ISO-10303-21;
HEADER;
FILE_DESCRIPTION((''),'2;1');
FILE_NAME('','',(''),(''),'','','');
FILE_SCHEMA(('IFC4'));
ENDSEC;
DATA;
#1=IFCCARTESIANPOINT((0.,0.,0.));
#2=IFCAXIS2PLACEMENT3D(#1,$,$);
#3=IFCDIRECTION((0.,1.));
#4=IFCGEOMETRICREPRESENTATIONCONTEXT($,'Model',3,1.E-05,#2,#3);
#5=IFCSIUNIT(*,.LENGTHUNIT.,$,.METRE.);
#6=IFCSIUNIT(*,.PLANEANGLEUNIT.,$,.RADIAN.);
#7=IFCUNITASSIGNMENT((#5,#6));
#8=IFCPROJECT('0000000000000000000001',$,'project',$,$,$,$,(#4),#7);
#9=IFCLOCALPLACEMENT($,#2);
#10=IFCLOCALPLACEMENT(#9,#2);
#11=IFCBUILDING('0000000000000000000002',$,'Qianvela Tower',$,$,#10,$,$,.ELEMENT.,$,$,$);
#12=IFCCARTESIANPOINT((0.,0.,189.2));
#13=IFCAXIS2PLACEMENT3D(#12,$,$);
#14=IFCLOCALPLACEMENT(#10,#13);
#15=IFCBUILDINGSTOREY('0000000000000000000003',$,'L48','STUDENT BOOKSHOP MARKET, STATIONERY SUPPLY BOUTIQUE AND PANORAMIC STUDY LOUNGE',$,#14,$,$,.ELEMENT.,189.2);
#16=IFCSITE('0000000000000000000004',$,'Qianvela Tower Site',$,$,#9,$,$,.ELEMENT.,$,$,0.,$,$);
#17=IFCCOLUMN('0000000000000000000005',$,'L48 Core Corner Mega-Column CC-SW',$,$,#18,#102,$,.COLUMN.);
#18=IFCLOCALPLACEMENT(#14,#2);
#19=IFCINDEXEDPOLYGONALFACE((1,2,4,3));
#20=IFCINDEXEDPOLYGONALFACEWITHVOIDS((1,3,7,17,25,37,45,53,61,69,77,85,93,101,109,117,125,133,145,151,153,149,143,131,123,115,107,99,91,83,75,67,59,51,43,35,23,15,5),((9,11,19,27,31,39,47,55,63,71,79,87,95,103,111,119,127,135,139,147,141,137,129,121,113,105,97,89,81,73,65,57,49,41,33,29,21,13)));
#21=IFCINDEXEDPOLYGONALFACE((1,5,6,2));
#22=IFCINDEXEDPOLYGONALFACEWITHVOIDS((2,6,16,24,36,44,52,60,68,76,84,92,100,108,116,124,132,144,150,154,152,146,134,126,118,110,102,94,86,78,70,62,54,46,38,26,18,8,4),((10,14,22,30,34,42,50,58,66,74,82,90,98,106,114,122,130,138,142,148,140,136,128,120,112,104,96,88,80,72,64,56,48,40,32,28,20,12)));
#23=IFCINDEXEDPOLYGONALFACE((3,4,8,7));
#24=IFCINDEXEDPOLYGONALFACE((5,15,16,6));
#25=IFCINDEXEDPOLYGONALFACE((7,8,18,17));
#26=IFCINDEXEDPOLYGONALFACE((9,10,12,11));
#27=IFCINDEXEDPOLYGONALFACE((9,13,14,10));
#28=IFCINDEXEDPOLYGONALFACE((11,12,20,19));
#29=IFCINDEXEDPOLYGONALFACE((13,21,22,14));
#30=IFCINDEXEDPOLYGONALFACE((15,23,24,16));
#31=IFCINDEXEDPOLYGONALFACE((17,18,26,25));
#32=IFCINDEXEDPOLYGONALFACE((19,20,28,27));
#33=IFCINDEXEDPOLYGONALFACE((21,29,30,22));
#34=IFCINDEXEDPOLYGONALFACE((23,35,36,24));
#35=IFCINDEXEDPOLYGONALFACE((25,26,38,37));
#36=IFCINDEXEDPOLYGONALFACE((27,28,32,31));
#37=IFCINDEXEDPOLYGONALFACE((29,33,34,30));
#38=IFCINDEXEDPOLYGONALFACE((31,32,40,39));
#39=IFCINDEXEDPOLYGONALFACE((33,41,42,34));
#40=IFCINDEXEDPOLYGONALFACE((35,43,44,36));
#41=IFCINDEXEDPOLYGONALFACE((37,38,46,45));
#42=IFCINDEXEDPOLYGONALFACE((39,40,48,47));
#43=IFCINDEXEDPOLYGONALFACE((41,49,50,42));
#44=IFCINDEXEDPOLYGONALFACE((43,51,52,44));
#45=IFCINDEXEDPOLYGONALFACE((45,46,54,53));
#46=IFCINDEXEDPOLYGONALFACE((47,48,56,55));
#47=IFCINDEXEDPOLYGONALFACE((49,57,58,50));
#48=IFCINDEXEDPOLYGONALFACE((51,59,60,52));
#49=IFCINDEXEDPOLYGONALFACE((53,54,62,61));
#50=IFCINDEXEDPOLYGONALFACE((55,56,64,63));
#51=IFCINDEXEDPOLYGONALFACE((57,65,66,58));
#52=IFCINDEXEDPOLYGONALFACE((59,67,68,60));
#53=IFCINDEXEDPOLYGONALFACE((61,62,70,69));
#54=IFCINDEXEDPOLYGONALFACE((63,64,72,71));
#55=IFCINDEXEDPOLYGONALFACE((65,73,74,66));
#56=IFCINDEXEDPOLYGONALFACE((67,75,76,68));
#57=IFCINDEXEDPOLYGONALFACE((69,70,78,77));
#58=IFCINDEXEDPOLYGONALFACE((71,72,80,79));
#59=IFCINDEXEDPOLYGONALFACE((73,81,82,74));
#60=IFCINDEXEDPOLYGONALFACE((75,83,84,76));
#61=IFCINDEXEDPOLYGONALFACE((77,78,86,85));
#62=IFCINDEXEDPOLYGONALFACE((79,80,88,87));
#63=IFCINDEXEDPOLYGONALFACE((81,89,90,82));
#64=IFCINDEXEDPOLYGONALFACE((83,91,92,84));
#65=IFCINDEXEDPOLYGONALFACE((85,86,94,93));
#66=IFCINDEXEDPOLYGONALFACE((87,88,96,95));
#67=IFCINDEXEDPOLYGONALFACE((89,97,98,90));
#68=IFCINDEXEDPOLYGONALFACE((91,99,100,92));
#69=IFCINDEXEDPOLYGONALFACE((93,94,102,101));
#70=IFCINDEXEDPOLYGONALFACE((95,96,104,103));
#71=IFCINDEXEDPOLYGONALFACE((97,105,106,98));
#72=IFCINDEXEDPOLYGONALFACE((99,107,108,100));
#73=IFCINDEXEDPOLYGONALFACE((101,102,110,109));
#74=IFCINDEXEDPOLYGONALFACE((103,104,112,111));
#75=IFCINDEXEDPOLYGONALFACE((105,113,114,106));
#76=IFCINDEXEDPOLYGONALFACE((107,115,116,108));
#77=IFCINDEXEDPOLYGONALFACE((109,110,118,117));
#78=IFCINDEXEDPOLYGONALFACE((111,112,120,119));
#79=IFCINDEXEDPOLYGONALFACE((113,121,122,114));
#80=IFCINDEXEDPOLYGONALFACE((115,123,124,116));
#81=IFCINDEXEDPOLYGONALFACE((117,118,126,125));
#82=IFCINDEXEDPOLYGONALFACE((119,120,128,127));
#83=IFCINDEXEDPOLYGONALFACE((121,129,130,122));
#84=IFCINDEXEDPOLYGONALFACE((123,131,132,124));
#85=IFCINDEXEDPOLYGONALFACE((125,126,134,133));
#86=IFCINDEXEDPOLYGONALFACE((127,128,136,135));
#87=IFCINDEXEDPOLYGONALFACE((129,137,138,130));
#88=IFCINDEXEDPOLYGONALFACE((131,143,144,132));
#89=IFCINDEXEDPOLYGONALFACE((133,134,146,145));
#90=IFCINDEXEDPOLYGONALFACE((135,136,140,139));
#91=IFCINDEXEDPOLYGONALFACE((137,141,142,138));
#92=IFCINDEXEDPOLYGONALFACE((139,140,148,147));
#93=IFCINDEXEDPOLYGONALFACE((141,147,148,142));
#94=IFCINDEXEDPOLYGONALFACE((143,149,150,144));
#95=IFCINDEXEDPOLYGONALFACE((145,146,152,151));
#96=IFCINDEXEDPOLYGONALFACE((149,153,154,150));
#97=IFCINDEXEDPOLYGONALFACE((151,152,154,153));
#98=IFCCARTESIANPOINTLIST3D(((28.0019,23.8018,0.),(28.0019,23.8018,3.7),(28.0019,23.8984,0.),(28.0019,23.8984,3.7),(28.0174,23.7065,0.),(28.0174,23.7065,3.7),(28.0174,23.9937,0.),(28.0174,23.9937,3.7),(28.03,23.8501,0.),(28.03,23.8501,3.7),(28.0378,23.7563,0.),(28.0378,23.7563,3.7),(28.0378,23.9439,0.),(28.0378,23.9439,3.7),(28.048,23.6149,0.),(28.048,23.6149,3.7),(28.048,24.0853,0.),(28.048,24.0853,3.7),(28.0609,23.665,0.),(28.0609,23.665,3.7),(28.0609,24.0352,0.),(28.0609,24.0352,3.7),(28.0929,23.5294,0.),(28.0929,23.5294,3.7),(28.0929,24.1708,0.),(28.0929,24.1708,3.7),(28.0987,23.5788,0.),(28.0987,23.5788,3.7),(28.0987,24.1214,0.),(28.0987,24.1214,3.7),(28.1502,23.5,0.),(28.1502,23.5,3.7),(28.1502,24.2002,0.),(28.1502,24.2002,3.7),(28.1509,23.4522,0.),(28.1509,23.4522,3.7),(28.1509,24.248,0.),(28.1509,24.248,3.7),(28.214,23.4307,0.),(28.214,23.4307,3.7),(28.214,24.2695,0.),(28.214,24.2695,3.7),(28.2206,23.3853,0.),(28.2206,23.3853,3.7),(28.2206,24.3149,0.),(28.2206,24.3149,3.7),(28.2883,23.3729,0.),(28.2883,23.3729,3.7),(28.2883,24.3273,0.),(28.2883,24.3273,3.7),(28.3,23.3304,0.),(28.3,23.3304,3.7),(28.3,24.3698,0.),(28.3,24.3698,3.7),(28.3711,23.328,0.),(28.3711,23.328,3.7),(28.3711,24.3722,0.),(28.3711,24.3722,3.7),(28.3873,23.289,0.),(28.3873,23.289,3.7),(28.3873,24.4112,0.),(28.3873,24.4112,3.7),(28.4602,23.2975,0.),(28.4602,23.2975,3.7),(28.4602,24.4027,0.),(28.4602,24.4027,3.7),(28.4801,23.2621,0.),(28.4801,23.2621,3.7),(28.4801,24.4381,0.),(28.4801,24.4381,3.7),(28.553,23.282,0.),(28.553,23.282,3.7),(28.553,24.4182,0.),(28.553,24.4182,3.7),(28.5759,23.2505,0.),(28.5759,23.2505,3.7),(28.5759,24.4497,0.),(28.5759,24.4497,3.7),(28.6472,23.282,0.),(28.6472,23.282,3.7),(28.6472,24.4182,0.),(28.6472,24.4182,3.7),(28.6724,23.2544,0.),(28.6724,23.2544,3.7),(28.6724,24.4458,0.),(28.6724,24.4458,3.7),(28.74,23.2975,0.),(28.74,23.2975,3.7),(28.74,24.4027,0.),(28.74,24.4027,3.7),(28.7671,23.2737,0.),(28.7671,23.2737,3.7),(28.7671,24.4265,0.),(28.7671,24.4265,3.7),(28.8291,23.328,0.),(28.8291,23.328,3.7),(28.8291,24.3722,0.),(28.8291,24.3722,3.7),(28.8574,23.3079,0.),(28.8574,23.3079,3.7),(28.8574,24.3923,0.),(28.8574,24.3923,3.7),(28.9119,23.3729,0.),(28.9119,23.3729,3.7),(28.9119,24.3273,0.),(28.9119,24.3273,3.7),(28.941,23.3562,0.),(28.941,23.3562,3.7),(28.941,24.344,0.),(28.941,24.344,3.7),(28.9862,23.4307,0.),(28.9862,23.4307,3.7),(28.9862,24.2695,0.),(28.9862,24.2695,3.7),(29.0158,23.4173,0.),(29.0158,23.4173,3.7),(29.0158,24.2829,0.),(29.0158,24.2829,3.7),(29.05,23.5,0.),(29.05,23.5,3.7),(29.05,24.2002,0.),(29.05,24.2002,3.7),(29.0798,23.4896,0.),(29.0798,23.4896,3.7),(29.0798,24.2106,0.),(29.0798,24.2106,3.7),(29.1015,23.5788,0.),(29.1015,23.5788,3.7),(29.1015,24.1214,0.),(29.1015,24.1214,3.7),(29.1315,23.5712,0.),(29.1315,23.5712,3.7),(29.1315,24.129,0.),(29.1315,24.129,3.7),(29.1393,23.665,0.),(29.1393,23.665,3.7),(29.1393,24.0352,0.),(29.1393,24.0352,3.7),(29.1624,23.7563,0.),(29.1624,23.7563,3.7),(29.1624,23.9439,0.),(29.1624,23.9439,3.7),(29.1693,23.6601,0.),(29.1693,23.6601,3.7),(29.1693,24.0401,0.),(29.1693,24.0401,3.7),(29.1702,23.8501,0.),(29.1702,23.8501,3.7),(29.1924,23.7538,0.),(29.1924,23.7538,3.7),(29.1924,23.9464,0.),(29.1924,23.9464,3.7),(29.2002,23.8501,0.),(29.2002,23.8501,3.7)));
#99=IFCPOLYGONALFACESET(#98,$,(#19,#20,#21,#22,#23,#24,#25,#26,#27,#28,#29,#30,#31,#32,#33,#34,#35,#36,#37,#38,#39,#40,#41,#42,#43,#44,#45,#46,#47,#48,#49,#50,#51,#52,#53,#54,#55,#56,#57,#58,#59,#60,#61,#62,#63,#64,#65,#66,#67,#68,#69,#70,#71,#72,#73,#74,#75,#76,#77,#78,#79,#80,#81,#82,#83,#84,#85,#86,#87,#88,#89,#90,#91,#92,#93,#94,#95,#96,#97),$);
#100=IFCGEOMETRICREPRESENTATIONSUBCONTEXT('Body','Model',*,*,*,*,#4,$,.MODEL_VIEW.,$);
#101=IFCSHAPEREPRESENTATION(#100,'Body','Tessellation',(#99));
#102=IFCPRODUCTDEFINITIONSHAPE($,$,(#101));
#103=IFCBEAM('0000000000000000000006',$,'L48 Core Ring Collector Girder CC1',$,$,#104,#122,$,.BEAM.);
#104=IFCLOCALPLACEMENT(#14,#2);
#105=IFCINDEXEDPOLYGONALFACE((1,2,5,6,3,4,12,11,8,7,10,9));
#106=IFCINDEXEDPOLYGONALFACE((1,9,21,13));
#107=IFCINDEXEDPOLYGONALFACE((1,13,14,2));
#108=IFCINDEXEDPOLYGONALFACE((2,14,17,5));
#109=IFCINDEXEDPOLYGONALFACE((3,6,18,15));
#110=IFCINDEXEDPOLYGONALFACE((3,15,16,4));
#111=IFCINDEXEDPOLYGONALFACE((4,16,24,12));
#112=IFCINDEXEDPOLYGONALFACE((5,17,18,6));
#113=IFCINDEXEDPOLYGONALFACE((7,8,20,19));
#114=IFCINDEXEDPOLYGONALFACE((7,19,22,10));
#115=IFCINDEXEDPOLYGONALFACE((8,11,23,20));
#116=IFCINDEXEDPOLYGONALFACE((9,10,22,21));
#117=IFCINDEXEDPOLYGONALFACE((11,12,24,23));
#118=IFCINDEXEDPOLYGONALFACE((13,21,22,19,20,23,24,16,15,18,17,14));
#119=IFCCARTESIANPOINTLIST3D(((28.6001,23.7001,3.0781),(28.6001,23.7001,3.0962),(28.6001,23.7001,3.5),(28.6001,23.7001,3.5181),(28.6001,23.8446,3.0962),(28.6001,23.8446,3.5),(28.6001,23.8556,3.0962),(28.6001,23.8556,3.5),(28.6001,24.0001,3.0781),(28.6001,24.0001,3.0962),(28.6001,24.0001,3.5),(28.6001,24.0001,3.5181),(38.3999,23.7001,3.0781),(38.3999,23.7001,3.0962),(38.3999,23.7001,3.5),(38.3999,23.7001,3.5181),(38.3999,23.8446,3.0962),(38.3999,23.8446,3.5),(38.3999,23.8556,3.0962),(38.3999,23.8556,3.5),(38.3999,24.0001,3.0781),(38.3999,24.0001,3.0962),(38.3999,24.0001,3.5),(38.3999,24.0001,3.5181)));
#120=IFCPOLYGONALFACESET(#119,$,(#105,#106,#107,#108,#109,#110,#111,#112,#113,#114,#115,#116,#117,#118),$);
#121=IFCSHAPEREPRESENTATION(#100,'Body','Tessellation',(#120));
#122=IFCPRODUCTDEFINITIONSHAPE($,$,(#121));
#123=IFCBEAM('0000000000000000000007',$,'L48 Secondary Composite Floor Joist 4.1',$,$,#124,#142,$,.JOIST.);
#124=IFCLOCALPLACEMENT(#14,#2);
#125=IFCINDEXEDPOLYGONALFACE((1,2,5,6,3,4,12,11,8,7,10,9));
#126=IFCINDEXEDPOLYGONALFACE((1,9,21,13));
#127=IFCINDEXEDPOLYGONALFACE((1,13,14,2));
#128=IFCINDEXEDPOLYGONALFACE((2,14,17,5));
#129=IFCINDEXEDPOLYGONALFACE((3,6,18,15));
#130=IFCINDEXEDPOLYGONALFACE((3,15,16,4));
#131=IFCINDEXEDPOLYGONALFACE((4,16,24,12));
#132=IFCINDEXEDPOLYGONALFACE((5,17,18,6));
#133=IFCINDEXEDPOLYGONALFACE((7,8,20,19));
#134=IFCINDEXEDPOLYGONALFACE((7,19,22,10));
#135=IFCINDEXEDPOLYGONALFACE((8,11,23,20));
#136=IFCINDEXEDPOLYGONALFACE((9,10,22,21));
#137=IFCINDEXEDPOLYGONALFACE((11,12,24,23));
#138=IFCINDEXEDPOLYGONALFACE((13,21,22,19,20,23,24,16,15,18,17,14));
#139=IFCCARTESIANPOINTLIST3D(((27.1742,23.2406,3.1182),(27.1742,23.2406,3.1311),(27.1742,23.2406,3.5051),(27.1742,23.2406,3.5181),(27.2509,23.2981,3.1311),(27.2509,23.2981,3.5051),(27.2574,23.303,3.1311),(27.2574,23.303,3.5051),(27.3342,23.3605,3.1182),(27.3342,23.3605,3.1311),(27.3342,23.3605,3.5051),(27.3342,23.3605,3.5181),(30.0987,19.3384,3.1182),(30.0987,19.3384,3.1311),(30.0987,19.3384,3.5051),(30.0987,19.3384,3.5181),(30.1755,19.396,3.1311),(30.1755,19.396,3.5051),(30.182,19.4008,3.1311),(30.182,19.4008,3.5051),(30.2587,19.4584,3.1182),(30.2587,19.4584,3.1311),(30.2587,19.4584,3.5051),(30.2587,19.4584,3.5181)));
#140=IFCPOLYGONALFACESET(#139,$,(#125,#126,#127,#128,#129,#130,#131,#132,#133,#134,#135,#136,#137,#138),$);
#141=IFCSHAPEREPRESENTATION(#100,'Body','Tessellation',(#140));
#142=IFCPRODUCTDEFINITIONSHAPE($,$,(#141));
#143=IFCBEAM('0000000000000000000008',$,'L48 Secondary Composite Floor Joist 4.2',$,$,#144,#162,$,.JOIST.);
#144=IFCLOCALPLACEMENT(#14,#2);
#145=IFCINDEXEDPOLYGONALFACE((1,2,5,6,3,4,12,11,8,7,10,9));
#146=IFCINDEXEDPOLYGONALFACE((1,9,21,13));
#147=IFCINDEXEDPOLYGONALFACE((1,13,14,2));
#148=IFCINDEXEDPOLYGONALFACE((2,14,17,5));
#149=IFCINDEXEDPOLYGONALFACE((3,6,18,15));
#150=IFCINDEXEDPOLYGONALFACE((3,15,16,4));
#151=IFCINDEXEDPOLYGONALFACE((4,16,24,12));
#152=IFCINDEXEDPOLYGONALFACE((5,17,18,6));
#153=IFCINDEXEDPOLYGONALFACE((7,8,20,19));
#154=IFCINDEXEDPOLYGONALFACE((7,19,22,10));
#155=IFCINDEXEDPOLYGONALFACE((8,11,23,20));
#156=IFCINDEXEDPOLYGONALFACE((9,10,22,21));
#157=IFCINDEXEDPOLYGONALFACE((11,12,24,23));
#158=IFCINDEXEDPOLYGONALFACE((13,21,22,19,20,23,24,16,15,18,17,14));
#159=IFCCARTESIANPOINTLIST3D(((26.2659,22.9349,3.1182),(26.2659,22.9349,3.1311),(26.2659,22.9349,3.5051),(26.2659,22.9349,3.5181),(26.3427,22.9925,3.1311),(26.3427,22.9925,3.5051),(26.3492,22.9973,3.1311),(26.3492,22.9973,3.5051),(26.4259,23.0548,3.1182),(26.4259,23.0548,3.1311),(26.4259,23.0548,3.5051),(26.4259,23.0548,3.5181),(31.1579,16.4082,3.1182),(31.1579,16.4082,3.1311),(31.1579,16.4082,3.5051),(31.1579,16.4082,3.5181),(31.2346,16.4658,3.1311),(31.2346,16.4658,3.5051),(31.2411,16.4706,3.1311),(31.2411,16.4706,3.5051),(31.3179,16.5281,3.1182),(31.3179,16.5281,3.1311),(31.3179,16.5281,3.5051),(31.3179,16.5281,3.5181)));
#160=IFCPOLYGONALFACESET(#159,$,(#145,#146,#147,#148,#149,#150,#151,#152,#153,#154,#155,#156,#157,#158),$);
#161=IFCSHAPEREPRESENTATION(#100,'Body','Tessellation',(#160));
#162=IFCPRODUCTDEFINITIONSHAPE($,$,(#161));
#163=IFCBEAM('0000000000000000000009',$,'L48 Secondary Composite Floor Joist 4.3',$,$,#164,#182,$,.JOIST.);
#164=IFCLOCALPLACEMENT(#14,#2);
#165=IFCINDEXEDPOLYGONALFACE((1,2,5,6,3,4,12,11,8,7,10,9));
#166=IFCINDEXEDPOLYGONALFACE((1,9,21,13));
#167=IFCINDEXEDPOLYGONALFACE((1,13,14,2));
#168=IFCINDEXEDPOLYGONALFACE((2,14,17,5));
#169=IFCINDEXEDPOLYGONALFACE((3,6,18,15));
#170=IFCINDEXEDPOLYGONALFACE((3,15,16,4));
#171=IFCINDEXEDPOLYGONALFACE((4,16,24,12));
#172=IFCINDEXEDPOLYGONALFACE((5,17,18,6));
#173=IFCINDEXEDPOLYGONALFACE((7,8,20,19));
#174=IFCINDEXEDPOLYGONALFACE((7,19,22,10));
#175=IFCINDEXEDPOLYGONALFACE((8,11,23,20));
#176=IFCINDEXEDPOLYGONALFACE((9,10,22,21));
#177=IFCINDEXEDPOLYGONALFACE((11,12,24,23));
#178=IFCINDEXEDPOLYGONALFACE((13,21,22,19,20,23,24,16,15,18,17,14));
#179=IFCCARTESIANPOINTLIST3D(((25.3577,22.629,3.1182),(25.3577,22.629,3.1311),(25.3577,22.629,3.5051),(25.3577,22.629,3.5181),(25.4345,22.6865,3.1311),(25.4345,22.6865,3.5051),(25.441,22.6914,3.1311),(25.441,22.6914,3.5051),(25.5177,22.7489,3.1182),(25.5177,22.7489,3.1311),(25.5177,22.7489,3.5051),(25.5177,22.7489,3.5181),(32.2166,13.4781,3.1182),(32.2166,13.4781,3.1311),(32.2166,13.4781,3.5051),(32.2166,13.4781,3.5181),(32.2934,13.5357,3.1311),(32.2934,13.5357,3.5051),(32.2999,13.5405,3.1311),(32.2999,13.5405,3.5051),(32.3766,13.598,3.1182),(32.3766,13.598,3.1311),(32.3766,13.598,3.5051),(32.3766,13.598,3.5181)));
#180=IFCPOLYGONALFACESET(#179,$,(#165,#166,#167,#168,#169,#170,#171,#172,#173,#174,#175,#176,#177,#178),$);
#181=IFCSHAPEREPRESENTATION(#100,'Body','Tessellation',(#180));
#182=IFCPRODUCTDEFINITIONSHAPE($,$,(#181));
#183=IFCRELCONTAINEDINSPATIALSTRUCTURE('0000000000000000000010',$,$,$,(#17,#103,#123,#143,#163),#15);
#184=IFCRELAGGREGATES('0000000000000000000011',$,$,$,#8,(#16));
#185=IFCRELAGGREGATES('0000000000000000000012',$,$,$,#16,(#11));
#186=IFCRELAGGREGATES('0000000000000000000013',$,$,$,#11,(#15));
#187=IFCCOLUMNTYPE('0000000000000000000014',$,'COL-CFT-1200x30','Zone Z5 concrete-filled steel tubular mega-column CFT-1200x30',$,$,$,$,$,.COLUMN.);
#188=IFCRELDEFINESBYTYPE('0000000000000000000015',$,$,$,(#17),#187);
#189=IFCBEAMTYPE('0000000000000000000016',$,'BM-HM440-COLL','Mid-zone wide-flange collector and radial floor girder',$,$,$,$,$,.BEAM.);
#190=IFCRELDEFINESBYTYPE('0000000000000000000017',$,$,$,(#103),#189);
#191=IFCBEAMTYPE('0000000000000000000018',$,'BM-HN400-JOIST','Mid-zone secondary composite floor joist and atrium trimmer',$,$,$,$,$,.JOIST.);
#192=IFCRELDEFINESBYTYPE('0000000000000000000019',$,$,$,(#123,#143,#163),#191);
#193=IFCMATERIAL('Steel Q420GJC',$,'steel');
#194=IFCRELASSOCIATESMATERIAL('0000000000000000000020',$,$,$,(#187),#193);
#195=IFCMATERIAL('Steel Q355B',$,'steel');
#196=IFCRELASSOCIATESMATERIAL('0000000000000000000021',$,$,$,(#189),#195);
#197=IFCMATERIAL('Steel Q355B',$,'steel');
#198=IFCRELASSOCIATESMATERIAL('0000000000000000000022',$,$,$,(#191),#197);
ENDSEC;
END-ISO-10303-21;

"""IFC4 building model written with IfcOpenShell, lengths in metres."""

from ifc_helpers import new_model, si_unit, direction, frame, origin, origin_2d, place, context, subcontext, project, spatial, hollow_circle, i_section, extrude, material, material_profile, profile_set, type_object, element, save


model = new_model("IFC4")

# Units and contexts
model_context = context("Model", 3, precision=1e-05, world=origin(), true_north=direction((0.0, 1.0)))
body_context = subcontext(model_context, "Body", "Model", "MODEL_VIEW")
ifc_project = project(units=[si_unit("LENGTHUNIT", "METRE"), si_unit("PLANEANGLEUNIT", "RADIAN")], contexts=[model_context])

# Site, building, storey
site_placement = place(None, origin())
site = spatial("IfcSite", under=ifc_project, at=site_placement, Name="Qianvela Tower Site", CompositionType="ELEMENT", RefElevation=0.0)
building_placement = place(site_placement, origin())
building = spatial("IfcBuilding", under=site, at=building_placement, Name="Qianvela Tower", CompositionType="ELEMENT")
storey_placement = place(building_placement, frame((0.0, 0.0, 189.2)))
storey = spatial("IfcBuildingStorey", under=building, at=storey_placement, Name="L48", Description="STUDENT BOOKSHOP MARKET, STATIONERY SUPPLY BOUTIQUE AND PANORAMIC STUDY LOUNGE", CompositionType="ELEMENT", Elevation=189.2)

# Column
ifc_material_1 = material(Name="Steel Q420GJC", Category="steel")
ifc_material_profile_1 = material_profile(ifc_material_1, hollow_circle(Radius=0.6001, WallThickness=0.03, at=origin_2d()), Name="CFT-1200x30")
ifc_profile_set_1 = profile_set([ifc_material_profile_1], Name="Steel Q420GJC")
column_type = type_object("IfcColumnType", Name="COL-CFT-1200x30", Description="Zone Z5 concrete-filled steel tubular mega-column CFT-1200x30", PredefinedType="COLUMN", material=ifc_profile_set_1)
column_placement = place(storey_placement, frame((28.6001, 23.8501, 0.0), z_axis=(0.0, 0.0, 1.0), x_axis=(1.0, 0.0, 0.0)))
element("IfcColumn", 1, at=column_placement, inside=storey, type_object=column_type, Name="L48 Core Corner Mega-Column CC-SW", PredefinedType="COLUMN", context=body_context, shape_type="SweptSolid", body=[
    extrude(hollow_circle(Radius=0.6001, WallThickness=0.03, at=origin_2d()), origin(), (0.0, 0.0, 1.0), 3.7),
])

# Beams
ifc_material_2 = material(Name="Steel Q355B", Category="steel")
ifc_material_profile_2 = material_profile(ifc_material_2, i_section(OverallWidth=0.3, OverallDepth=0.4399, WebThickness=0.011, FlangeThickness=0.0181, at=origin_2d()), Name="HM440x300x11x18")
ifc_profile_set_2 = profile_set([ifc_material_profile_2], Name="Steel Q355B")
beam_type_1 = type_object("IfcBeamType", Name="BM-HM440-COLL", Description="Mid-zone wide-flange collector and radial floor girder", PredefinedType="BEAM", material=ifc_profile_set_2)
beam_1_placement = place(storey_placement, frame((28.6001, 23.8501, 3.2981), z_axis=(1.0, 0.0, 0.0), x_axis=(0.0, 1.0, 0.0)))
element("IfcBeam", 2, at=beam_1_placement, inside=storey, type_object=beam_type_1, Name="L48 Core Ring Collector Girder CC1", PredefinedType="BEAM", context=body_context, shape_type="SweptSolid", body=[
    extrude(i_section(OverallWidth=0.3, OverallDepth=0.4399, WebThickness=0.011, FlangeThickness=0.0181, at=origin_2d()), origin(), (0.0, 0.0, 1.0), 9.7998),
])
ifc_material_3 = material(Name="Steel Q355B", Category="steel")
ifc_material_profile_3 = material_profile(ifc_material_3, i_section(OverallWidth=0.2, OverallDepth=0.3999, WebThickness=0.0081, FlangeThickness=0.0129, at=origin_2d()), Name="HN400x200x8x13")
ifc_profile_set_3 = profile_set([ifc_material_profile_3], Name="Steel Q355B")
beam_type_2 = type_object("IfcBeamType", Name="BM-HN400-JOIST", Description="Mid-zone secondary composite floor joist and atrium trimmer", PredefinedType="JOIST", material=ifc_profile_set_3)
beam_2_placement = place(storey_placement, frame((27.2542, 23.3005, 3.3181), z_axis=(0.599736, -0.800198, 0.0), x_axis=(0.800198, 0.599736, 0.0)))
element("IfcBeam", 3, at=beam_2_placement, inside=storey, type_object=beam_type_2, Name="L48 Secondary Composite Floor Joist 4.1", PredefinedType="JOIST", context=body_context, shape_type="SweptSolid", body=[
    extrude(i_section(OverallWidth=0.2, OverallDepth=0.3999, WebThickness=0.0081, FlangeThickness=0.0129, at=origin_2d()), origin(), (0.0, 0.0, 1.0), 4.8765),
])
beam_3_placement = place(storey_placement, frame((26.3459, 22.9949, 3.3181), z_axis=(0.599756, -0.800183, 0.0), x_axis=(0.800183, 0.599756, 0.0)))
element("IfcBeam", 4, at=beam_3_placement, inside=storey, type_object=beam_type_2, Name="L48 Secondary Composite Floor Joist 4.2", PredefinedType="JOIST", context=body_context, shape_type="SweptSolid", body=[
    extrude(i_section(OverallWidth=0.2, OverallDepth=0.3999, WebThickness=0.0081, FlangeThickness=0.0129, at=origin_2d()), origin(), (0.0, 0.0, 1.0), 8.1565),
])
beam_4_placement = place(storey_placement, frame((25.4377, 22.689, 3.3181), z_axis=(0.599761, -0.800179, 0.0), x_axis=(0.800179, 0.599761, 0.0)))
element("IfcBeam", 5, at=beam_4_placement, inside=storey, type_object=beam_type_2, Name="L48 Secondary Composite Floor Joist 4.3", PredefinedType="JOIST", context=body_context, shape_type="SweptSolid", body=[
    extrude(i_section(OverallWidth=0.2, OverallDepth=0.3999, WebThickness=0.0081, FlangeThickness=0.0129, at=origin_2d()), origin(), (0.0, 0.0, 1.0), 11.436),
])

save(model, "model.ifc")
